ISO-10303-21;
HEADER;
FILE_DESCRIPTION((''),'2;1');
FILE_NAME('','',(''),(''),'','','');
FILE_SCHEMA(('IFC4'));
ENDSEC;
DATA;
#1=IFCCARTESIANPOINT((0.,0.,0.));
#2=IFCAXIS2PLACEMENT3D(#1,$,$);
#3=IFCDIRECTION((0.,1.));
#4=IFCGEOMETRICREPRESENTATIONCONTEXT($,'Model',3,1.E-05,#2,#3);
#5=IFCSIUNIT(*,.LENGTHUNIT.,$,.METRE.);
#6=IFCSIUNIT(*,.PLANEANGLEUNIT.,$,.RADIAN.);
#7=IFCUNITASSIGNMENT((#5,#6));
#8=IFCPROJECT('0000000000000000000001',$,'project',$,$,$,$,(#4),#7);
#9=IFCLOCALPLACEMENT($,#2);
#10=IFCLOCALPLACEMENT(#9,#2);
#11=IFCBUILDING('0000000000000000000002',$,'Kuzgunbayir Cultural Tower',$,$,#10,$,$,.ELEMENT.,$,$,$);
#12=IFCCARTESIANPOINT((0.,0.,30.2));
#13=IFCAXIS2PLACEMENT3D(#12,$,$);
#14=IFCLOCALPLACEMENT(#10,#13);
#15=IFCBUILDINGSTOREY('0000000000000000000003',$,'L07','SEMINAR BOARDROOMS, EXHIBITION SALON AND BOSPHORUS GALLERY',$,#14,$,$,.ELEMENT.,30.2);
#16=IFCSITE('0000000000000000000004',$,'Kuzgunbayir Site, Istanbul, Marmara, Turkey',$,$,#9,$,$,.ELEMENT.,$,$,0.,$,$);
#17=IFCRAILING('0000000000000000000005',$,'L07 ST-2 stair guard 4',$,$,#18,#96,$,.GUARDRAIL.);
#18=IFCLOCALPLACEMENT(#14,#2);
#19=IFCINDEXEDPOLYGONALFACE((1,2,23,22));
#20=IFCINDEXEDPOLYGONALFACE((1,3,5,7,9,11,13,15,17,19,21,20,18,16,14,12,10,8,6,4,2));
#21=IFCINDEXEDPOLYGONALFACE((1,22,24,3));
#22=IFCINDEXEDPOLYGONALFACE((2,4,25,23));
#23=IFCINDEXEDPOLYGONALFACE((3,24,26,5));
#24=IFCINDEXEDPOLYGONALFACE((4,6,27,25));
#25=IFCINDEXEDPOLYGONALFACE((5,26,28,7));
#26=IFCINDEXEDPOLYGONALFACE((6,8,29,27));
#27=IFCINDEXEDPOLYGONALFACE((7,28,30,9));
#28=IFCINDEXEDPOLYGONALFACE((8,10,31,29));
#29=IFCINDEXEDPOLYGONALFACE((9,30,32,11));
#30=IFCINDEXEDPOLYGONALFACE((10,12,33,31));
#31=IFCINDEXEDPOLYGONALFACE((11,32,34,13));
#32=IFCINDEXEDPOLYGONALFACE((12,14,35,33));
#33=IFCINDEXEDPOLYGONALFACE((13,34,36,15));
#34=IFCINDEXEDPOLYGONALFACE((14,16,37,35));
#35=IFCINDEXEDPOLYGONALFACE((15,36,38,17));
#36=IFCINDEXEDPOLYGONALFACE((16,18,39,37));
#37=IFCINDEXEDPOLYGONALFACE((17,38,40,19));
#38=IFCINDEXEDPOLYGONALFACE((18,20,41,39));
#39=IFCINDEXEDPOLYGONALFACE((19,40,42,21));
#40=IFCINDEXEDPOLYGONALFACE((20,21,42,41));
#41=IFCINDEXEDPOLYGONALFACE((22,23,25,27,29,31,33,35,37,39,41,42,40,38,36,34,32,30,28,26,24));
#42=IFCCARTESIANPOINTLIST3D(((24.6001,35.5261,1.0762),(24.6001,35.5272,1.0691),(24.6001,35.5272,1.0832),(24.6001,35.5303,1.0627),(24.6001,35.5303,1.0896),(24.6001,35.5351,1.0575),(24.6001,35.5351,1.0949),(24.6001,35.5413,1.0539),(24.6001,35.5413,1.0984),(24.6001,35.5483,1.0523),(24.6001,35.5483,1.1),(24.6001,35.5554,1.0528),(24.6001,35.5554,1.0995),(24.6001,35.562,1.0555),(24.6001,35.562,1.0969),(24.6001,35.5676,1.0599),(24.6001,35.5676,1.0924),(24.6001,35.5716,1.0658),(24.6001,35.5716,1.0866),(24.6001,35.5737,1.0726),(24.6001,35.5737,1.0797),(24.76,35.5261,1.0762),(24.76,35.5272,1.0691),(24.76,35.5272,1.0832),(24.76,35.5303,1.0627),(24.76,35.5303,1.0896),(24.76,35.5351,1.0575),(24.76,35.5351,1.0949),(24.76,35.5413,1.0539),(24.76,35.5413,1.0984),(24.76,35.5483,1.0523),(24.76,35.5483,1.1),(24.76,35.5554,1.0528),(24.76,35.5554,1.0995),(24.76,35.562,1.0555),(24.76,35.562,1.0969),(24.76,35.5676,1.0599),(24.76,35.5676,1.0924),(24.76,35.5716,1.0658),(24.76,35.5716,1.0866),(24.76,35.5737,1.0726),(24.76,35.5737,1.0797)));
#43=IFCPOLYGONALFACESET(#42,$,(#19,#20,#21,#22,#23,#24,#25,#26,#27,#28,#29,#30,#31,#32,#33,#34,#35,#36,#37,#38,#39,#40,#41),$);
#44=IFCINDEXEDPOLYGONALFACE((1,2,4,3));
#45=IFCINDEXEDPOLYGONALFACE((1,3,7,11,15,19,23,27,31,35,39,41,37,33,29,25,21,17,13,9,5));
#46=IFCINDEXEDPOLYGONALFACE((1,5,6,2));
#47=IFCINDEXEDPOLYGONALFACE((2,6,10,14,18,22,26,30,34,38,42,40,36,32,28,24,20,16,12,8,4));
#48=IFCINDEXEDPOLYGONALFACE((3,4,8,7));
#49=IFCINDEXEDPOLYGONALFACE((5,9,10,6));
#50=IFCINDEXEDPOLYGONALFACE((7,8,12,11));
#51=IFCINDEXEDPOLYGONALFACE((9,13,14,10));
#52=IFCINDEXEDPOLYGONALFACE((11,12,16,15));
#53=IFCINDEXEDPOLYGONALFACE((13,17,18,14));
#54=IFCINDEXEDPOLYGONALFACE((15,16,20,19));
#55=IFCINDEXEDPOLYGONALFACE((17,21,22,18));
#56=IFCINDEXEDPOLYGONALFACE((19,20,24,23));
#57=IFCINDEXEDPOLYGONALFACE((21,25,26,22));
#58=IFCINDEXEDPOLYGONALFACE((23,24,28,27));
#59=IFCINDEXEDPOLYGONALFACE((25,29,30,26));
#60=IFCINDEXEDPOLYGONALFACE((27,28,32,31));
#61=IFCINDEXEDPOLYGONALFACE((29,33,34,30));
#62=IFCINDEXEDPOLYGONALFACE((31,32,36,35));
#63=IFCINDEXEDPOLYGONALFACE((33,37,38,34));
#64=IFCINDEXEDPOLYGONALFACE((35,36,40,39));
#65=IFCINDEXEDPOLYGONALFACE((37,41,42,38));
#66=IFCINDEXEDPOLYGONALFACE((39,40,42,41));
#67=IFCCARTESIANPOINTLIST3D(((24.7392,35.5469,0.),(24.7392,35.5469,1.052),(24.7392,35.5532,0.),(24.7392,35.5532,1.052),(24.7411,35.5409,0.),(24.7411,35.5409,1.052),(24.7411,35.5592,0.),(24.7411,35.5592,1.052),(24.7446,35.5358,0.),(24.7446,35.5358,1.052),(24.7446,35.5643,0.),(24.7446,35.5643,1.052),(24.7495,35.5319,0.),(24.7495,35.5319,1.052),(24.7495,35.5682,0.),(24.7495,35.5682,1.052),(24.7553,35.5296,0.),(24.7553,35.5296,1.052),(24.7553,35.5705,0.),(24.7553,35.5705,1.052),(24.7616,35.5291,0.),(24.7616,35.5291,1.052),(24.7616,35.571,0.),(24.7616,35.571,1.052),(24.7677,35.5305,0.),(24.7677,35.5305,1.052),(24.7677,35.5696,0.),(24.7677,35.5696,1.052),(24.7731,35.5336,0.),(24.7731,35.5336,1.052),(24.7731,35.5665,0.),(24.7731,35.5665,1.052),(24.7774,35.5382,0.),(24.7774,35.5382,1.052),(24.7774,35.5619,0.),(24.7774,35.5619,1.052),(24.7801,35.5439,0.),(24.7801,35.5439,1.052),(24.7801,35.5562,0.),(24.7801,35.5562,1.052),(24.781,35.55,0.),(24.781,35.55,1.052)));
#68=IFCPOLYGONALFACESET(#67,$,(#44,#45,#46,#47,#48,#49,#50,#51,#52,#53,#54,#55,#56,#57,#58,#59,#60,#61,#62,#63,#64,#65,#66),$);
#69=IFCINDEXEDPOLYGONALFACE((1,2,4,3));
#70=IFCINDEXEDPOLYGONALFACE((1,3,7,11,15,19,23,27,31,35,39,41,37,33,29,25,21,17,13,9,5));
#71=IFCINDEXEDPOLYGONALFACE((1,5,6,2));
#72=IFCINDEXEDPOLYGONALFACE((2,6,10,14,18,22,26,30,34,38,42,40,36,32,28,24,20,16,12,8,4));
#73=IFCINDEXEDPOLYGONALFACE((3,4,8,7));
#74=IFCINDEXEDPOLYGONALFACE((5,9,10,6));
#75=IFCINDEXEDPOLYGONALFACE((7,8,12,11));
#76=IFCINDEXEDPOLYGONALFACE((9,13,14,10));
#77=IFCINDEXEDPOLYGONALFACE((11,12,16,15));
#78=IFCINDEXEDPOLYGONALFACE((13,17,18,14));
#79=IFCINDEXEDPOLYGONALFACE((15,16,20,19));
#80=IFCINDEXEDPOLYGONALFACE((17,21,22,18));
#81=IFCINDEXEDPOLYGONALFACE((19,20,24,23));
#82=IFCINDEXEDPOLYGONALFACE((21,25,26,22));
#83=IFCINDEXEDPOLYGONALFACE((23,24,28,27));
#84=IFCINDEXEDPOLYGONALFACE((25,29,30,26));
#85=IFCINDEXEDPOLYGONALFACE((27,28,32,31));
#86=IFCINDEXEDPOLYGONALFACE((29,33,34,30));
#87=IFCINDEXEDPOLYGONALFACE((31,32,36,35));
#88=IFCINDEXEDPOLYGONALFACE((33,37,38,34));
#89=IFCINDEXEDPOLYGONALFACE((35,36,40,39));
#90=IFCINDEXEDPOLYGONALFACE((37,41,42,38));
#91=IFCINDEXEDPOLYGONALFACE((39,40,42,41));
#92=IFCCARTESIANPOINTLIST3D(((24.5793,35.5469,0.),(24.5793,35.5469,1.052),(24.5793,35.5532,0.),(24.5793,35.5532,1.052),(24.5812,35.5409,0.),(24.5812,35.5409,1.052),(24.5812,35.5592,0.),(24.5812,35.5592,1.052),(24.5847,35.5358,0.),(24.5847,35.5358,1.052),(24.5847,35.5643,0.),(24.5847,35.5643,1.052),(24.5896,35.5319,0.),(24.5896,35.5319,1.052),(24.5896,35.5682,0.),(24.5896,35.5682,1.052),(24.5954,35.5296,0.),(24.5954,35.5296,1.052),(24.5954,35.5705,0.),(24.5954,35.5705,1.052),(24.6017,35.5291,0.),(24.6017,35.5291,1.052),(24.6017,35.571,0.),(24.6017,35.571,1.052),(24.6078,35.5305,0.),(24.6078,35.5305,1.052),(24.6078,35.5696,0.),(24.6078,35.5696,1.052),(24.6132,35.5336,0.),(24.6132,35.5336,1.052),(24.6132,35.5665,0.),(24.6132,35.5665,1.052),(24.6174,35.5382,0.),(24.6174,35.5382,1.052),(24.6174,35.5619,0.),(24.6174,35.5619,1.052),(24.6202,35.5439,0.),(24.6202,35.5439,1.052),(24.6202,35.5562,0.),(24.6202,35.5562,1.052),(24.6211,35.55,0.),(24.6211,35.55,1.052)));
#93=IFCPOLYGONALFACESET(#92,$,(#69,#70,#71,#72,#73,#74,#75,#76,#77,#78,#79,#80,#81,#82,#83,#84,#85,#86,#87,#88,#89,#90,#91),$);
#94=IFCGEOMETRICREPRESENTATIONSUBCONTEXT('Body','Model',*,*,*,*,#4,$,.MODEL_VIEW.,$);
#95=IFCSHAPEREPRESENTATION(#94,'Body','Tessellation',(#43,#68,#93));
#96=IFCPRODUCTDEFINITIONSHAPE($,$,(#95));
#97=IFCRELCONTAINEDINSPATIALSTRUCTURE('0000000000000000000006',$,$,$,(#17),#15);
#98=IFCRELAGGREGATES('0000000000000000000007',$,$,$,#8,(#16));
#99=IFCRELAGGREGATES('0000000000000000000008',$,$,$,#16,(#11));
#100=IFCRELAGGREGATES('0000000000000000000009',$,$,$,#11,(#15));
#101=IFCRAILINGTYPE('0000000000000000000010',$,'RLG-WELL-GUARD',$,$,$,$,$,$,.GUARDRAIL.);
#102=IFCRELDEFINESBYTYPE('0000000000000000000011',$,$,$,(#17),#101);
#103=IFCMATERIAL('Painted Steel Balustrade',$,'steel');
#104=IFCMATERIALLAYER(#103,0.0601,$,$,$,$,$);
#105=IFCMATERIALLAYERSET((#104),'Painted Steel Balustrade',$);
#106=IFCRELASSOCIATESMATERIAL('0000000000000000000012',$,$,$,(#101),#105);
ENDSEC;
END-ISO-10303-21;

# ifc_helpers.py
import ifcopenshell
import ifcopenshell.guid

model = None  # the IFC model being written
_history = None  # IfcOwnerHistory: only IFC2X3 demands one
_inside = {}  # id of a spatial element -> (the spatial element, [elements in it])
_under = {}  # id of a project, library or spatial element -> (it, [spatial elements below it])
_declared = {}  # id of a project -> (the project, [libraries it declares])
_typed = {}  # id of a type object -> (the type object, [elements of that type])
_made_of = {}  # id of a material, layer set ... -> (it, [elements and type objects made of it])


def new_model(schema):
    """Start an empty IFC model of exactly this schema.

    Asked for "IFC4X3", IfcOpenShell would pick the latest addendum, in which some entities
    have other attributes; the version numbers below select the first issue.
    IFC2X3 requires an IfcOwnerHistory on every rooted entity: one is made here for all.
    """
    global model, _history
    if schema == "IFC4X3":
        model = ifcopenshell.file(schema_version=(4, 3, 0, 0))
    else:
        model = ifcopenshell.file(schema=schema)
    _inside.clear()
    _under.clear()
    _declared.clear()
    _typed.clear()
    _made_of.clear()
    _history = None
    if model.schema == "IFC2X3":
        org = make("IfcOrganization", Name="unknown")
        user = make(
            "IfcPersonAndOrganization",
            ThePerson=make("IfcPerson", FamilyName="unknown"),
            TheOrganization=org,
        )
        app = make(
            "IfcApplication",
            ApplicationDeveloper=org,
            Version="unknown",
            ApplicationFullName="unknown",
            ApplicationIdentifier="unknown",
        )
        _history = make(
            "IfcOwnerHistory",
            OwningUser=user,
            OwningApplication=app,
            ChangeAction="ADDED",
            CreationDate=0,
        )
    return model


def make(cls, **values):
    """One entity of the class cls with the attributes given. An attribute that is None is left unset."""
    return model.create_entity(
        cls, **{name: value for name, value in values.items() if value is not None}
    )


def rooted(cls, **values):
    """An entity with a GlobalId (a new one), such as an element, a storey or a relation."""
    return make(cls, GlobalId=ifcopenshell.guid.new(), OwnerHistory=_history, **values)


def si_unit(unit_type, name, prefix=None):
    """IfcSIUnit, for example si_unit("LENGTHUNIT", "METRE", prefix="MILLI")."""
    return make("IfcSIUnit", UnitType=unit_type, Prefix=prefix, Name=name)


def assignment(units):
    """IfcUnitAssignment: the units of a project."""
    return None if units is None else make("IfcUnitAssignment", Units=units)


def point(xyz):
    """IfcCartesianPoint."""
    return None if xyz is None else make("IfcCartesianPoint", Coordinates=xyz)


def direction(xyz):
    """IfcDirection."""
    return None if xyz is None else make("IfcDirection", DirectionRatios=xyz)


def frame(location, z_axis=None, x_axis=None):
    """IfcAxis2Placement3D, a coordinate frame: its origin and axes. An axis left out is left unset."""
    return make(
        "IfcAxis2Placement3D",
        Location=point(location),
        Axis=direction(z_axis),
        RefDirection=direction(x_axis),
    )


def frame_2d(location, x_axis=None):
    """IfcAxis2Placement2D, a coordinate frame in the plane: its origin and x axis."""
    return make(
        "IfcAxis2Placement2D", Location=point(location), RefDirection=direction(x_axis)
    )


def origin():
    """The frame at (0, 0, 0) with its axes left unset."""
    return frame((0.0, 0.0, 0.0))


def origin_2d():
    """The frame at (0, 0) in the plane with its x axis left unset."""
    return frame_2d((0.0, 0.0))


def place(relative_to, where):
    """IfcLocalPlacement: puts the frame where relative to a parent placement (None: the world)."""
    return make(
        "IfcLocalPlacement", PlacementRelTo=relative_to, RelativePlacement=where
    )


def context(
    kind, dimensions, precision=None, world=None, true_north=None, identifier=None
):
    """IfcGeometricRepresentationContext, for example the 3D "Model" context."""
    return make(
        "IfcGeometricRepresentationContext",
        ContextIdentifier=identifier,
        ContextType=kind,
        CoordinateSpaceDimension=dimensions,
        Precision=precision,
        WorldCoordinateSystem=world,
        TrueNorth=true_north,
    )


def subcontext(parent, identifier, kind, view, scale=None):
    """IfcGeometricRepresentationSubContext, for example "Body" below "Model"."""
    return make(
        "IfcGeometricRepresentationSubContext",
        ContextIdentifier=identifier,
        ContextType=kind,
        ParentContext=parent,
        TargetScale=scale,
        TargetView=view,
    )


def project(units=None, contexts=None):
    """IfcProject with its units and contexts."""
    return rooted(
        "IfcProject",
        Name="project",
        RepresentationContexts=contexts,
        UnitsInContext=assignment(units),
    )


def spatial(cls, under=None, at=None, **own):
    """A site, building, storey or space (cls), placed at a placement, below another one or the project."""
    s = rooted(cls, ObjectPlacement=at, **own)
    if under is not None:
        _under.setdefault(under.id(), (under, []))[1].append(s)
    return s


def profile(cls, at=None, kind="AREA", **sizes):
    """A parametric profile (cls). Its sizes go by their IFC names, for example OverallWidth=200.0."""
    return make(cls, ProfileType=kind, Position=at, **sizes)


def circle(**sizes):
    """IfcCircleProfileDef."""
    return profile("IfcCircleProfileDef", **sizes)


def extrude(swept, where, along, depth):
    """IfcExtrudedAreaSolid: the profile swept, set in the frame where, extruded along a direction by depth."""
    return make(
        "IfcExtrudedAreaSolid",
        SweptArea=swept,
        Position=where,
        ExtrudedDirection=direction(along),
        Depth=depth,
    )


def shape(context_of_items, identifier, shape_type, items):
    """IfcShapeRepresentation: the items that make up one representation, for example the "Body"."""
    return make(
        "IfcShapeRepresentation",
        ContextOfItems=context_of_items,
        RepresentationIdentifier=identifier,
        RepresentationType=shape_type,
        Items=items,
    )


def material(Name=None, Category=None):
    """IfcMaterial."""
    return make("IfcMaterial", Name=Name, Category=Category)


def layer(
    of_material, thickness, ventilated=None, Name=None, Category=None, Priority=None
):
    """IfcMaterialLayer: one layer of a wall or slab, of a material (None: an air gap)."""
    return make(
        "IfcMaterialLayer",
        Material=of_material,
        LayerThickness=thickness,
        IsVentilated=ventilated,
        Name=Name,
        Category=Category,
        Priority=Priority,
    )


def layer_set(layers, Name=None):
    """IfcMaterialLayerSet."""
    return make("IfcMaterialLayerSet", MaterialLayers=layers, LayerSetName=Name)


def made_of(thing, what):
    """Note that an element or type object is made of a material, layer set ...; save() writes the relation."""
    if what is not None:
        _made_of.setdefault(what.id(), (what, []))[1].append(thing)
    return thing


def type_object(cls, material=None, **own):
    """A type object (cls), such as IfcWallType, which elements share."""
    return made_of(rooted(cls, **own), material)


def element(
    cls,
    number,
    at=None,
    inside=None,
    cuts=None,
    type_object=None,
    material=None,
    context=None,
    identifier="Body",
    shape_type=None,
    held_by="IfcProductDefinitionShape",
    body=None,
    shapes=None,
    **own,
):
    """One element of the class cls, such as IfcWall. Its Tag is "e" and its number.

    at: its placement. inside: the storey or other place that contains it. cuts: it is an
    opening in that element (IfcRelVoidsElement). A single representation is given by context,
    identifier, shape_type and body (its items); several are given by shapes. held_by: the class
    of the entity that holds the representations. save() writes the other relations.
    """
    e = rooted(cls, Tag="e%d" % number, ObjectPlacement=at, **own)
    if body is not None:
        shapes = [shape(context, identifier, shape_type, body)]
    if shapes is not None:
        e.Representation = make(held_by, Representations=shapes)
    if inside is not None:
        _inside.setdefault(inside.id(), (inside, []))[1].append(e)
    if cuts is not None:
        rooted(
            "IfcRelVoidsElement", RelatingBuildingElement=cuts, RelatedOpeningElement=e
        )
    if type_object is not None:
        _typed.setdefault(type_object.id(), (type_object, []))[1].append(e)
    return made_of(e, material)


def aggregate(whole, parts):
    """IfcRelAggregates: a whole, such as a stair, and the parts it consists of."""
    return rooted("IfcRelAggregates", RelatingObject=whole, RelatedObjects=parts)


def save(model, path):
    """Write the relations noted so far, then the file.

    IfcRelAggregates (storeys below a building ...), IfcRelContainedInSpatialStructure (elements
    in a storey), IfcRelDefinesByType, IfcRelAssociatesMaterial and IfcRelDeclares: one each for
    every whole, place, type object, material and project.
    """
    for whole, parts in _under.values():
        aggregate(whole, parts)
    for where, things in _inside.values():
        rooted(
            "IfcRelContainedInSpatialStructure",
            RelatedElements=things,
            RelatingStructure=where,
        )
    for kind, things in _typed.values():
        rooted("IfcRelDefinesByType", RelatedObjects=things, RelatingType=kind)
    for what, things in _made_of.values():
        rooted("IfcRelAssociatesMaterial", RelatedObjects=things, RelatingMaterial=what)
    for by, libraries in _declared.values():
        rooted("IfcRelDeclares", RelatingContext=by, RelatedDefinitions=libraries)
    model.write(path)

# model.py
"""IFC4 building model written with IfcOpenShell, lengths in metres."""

from ifc_helpers import new_model, si_unit, direction, frame, origin, origin_2d, place, context, subcontext, project, spatial, circle, extrude, material, layer, layer_set, type_object, element, save


model = new_model("IFC4")

# Units and contexts
model_context = context("Model", 3, precision=1e-05, world=origin(), true_north=direction((0.0, 1.0)))
body_context = subcontext(model_context, "Body", "Model", "MODEL_VIEW")
ifc_project = project(units=[si_unit("LENGTHUNIT", "METRE"), si_unit("PLANEANGLEUNIT", "RADIAN")], contexts=[model_context])

# Site, building, storey
site_placement = place(None, origin())
site = spatial("IfcSite", under=ifc_project, at=site_placement, Name="Kuzgunbayir Site, Istanbul, Marmara, Turkey", CompositionType="ELEMENT", RefElevation=0.0)
building_placement = place(site_placement, origin())
building = spatial("IfcBuilding", under=site, at=building_placement, Name="Kuzgunbayir Cultural Tower", CompositionType="ELEMENT")
storey_placement = place(building_placement, frame((0.0, 0.0, 30.2)))
storey = spatial("IfcBuildingStorey", under=building, at=storey_placement, Name="L07", Description="SEMINAR BOARDROOMS, EXHIBITION SALON AND BOSPHORUS GALLERY", CompositionType="ELEMENT", Elevation=30.2)

# Railing
ifc_material_1 = material(Name="Painted Steel Balustrade", Category="steel")
ifc_layer_1 = layer(ifc_material_1, 0.0601)
ifc_layer_set_1 = layer_set([ifc_layer_1], Name="Painted Steel Balustrade")
railing_type_1 = type_object("IfcRailingType", Name="RLG-WELL-GUARD", PredefinedType="GUARDRAIL", material=ifc_layer_set_1)
railing_1_placement = place(storey_placement, frame((24.76, 35.55, 0.0)))
element("IfcRailing", 1, at=railing_1_placement, inside=storey, type_object=railing_type_1, Name="L07 ST-2 stair guard 4", PredefinedType="GUARDRAIL", context=body_context, shape_type="SweptSolid", body=[
    extrude(circle(Radius=0.0239, at=origin_2d()), frame((0.0, 0.0, 1.0762), z_axis=(-1.0, 0.0, 0.0), x_axis=(0.0, -1.0, 0.0)), (0.0, 0.0, 1.0), 0.1599),
    extrude(circle(Radius=0.021, at=origin_2d()), origin(), (0.0, 0.0, 1.0), 1.052),
    extrude(circle(Radius=0.021, at=origin_2d()), frame((-0.1599, 0.0, 0.0)), (0.0, 0.0, 1.0), 1.052),
])

save(model, "model.ifc")
